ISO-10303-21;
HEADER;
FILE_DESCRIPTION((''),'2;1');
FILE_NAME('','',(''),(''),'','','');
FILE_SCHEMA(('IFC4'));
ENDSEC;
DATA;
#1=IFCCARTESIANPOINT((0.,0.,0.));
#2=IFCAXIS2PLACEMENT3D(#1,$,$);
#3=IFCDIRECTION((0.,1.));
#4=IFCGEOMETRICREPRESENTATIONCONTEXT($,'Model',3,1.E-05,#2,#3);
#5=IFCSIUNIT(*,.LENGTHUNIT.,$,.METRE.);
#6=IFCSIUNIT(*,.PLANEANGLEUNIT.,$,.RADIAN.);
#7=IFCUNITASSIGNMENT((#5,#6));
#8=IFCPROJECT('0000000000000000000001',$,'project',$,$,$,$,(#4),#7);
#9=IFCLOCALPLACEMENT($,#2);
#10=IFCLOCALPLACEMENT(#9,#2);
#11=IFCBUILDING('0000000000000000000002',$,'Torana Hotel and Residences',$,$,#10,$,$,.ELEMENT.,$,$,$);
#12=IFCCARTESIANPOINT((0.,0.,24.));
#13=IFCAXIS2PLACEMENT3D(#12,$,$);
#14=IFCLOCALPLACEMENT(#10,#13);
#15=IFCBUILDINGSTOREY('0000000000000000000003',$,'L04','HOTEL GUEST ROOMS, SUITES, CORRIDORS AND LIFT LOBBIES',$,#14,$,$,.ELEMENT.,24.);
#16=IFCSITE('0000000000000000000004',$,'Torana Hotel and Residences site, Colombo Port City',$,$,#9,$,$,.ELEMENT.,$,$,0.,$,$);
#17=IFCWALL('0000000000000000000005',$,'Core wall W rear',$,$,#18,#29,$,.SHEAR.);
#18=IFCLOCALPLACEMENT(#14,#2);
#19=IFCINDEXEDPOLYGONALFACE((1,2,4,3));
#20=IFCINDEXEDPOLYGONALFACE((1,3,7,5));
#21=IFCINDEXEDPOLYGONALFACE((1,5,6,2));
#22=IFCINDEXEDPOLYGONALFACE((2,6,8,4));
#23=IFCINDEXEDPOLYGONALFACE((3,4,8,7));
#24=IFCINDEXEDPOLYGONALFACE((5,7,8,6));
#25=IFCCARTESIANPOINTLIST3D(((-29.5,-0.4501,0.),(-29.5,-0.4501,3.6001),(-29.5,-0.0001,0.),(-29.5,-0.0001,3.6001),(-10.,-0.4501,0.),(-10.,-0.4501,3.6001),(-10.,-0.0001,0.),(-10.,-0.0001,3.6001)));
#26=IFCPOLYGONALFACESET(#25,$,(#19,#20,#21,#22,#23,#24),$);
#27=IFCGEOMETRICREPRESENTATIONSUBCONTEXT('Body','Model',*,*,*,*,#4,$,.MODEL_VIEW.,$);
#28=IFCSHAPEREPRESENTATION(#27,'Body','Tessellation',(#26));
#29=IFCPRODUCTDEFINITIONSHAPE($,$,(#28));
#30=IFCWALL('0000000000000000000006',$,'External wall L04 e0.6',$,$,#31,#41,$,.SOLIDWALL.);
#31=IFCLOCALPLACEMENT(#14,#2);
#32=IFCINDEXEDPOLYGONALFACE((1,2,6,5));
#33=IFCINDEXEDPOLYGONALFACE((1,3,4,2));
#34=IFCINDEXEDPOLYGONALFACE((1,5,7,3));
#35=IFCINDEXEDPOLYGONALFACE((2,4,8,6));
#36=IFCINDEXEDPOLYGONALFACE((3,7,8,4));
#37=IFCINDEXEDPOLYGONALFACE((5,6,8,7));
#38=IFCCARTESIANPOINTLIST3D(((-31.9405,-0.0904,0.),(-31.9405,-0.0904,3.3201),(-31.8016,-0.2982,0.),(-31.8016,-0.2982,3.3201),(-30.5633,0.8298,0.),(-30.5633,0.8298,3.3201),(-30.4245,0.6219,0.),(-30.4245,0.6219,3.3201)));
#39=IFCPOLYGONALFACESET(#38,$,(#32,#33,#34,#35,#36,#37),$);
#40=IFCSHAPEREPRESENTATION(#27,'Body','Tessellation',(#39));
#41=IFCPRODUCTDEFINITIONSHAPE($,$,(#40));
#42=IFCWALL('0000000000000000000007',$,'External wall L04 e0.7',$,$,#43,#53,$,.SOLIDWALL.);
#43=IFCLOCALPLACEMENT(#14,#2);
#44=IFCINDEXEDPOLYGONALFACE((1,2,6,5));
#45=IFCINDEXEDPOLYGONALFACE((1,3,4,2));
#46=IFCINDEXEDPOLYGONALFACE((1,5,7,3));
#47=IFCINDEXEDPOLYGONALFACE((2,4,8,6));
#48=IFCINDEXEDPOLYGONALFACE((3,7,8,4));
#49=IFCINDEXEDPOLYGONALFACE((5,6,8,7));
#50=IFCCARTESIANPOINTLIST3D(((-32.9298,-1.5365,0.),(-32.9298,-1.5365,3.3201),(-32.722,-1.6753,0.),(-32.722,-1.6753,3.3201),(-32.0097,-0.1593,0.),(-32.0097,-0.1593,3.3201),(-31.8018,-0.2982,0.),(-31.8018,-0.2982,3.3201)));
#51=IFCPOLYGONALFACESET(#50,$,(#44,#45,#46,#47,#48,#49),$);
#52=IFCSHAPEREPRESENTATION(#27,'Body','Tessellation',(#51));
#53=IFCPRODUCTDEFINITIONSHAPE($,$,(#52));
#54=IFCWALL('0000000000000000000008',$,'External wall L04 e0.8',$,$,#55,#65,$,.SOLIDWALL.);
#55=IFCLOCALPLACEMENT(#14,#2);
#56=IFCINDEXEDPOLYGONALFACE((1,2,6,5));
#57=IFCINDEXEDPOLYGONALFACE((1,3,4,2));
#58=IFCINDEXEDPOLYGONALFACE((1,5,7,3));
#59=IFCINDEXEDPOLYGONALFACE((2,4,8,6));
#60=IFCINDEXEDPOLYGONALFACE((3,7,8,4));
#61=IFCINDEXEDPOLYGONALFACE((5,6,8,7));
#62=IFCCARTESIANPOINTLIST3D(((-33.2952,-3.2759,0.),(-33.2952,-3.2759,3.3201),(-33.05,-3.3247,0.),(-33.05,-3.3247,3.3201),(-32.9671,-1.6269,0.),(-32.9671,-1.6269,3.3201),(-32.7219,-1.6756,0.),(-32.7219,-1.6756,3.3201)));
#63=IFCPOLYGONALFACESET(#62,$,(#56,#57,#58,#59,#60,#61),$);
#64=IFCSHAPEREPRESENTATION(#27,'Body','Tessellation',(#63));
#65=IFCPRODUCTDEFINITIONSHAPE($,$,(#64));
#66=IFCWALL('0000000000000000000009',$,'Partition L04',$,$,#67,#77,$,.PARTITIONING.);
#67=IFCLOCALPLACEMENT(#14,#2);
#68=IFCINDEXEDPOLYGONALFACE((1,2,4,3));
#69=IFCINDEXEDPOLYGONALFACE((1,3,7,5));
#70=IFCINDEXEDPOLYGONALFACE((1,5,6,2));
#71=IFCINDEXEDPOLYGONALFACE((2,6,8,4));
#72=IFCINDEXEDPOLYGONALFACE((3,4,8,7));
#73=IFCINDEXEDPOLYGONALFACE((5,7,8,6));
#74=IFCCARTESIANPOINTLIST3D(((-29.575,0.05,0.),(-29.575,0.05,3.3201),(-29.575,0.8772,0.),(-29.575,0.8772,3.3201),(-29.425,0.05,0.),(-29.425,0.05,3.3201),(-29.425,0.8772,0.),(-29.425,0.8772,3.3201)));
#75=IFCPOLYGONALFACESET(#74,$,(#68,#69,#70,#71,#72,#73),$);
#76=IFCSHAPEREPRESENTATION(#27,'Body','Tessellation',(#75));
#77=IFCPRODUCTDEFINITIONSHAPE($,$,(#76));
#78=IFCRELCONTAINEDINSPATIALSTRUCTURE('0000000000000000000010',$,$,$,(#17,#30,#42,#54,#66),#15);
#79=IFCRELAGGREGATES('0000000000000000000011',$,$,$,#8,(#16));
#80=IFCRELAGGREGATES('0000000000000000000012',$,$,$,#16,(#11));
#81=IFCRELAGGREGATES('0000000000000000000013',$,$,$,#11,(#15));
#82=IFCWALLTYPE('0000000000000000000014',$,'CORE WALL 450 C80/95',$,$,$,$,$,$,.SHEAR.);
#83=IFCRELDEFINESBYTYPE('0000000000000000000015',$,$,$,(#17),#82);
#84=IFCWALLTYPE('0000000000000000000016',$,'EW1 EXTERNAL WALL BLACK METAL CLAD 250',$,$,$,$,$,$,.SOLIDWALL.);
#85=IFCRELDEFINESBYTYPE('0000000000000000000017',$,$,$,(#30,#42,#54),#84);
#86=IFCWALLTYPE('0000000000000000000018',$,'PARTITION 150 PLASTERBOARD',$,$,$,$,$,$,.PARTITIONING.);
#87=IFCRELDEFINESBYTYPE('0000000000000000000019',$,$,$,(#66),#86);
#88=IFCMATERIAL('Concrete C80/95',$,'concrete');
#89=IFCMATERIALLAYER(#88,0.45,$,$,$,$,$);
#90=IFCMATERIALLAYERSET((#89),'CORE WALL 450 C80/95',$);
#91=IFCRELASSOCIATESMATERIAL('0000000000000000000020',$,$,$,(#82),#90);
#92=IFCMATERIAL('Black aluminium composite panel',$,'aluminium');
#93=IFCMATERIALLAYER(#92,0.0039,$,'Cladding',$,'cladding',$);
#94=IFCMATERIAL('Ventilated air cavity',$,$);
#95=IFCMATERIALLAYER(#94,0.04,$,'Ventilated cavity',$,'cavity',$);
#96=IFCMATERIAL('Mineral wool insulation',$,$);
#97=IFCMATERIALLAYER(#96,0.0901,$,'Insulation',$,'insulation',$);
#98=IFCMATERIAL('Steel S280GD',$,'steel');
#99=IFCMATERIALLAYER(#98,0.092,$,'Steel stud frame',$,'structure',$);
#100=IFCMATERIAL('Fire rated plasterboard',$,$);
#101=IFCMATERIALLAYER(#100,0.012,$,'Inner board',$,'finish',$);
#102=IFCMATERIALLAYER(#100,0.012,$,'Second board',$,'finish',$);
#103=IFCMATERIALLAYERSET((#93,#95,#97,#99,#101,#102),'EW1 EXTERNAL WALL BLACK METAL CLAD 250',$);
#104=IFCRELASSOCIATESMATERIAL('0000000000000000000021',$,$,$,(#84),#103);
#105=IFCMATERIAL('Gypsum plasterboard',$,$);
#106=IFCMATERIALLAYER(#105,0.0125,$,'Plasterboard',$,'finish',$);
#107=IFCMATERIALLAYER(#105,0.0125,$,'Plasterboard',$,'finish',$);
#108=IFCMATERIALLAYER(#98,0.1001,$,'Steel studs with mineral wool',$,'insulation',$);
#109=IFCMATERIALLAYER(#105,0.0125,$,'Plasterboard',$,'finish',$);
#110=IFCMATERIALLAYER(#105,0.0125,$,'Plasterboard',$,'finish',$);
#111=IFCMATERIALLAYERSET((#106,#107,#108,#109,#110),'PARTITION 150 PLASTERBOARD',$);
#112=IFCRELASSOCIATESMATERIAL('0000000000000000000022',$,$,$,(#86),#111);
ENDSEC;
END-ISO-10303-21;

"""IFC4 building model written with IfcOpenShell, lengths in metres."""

from ifc_helpers import new_model, si_unit, direction, frame, frame_2d, origin, place, context, subcontext, project, spatial, rectangle, extrude, material, layer, layer_set, type_object, element, save


model = new_model("IFC4")

# Units and contexts
model_context = context("Model", 3, precision=1e-05, world=origin(), true_north=direction((0.0, 1.0)))
body_context = subcontext(model_context, "Body", "Model", "MODEL_VIEW")
ifc_project = project(units=[si_unit("LENGTHUNIT", "METRE"), si_unit("PLANEANGLEUNIT", "RADIAN")], contexts=[model_context])

# Site, building, storey
site_placement = place(None, origin())
site = spatial("IfcSite", under=ifc_project, at=site_placement, Name="Torana Hotel and Residences site, Colombo Port City", CompositionType="ELEMENT", RefElevation=0.0)
building_placement = place(site_placement, origin())
building = spatial("IfcBuilding", under=site, at=building_placement, Name="Torana Hotel and Residences", CompositionType="ELEMENT")
storey_placement = place(building_placement, frame((0.0, 0.0, 24.0)))
storey = spatial("IfcBuildingStorey", under=building, at=storey_placement, Name="L04", Description="HOTEL GUEST ROOMS, SUITES, CORRIDORS AND LIFT LOBBIES", CompositionType="ELEMENT", Elevation=24.0)

# Walls
ifc_material_1 = material(Name="Concrete C80/95", Category="concrete")
ifc_layer_1 = layer(ifc_material_1, 0.45)
ifc_layer_set_1 = layer_set([ifc_layer_1], Name="CORE WALL 450 C80/95")
wall_type_1 = type_object("IfcWallType", Name="CORE WALL 450 C80/95", PredefinedType="SHEAR", material=ifc_layer_set_1)
wall_1_placement = place(storey_placement, frame((-29.5, -0.2251, 0.0), z_axis=(0.0, 0.0, 1.0), x_axis=(1.0, 0.0, 0.0)))
element("IfcWall", 1, at=wall_1_placement, inside=storey, type_object=wall_type_1, Name="Core wall W rear", PredefinedType="SHEAR", context=body_context, shape_type="SweptSolid", body=[
    extrude(rectangle(XDim=19.5, YDim=0.45, at=frame_2d((9.75, 0.0))), origin(), (0.0, 0.0, 1.0), 3.6001),
])
ifc_material_2 = material(Name="Black aluminium composite panel", Category="aluminium")
ifc_layer_2 = layer(ifc_material_2, 0.0039, Name="Cladding", Category="cladding")
ifc_material_3 = material(Name="Ventilated air cavity")
ifc_layer_3 = layer(ifc_material_3, 0.04, Name="Ventilated cavity", Category="cavity")
ifc_material_4 = material(Name="Mineral wool insulation")
ifc_layer_4 = layer(ifc_material_4, 0.0901, Name="Insulation", Category="insulation")
ifc_material_5 = material(Name="Steel S280GD", Category="steel")
ifc_layer_5 = layer(ifc_material_5, 0.092, Name="Steel stud frame", Category="structure")
ifc_material_6 = material(Name="Fire rated plasterboard")
ifc_layer_6 = layer(ifc_material_6, 0.012, Name="Inner board", Category="finish")
ifc_layer_7 = layer(ifc_material_6, 0.012, Name="Second board", Category="finish")
ifc_layer_set_2 = layer_set([ifc_layer_2, ifc_layer_3, ifc_layer_4, ifc_layer_5, ifc_layer_6, ifc_layer_7], Name="EW1 EXTERNAL WALL BLACK METAL CLAD 250")
wall_type_2 = type_object("IfcWallType", Name="EW1 EXTERNAL WALL BLACK METAL CLAD 250", PredefinedType="SOLIDWALL", material=ifc_layer_set_2)
for number, where, z_axis, x_axis, name in (
    (2, (-30.4939, 0.7258, 0.0), (0.0, 0.0, 1.0), (-0.831483, -0.55555, 0.0), "External wall L04 e0.6"),
    (3, (-31.9058, -0.2288, 0.0), (0.0, 0.0, 1.0), (-0.55555, -0.831483, 0.0), "External wall L04 e0.7"),
):
    element("IfcWall", number, at=place(storey_placement, frame(where, z_axis=z_axis, x_axis=x_axis)), inside=storey, type_object=wall_type_2, Name=name, PredefinedType="SOLIDWALL", context=body_context, shape_type="SweptSolid", body=[
        extrude(rectangle(XDim=1.6562, YDim=0.25, at=frame_2d((0.8281, 0.0))), origin(), (0.0, 0.0, 1.0), 3.3201),
    ])
wall_2_placement = place(storey_placement, frame((-32.8445, -1.6511, 0.0), z_axis=(0.0, 0.0, 1.0), x_axis=(-0.195139, -0.980776, 0.0)))
element("IfcWall", 4, at=wall_2_placement, inside=storey, type_object=wall_type_2, Name="External wall L04 e0.8", PredefinedType="SOLIDWALL", context=body_context, shape_type="SweptSolid", body=[
    extrude(rectangle(XDim=1.6814, YDim=0.25, at=frame_2d((0.8408, 0.0))), origin(), (0.0, 0.0, 1.0), 3.3201),
])
ifc_material_7 = material(Name="Gypsum plasterboard")
ifc_layer_8 = layer(ifc_material_7, 0.0125, Name="Plasterboard", Category="finish")
ifc_layer_9 = layer(ifc_material_7, 0.0125, Name="Plasterboard", Category="finish")
ifc_layer_10 = layer(ifc_material_5, 0.1001, Name="Steel studs with mineral wool", Category="insulation")
ifc_layer_11 = layer(ifc_material_7, 0.0125, Name="Plasterboard", Category="finish")
ifc_layer_12 = layer(ifc_material_7, 0.0125, Name="Plasterboard", Category="finish")
ifc_layer_set_3 = layer_set([ifc_layer_8, ifc_layer_9, ifc_layer_10, ifc_layer_11, ifc_layer_12], Name="PARTITION 150 PLASTERBOARD")
wall_type_3 = type_object("IfcWallType", Name="PARTITION 150 PLASTERBOARD", PredefinedType="PARTITIONING", material=ifc_layer_set_3)
wall_3_placement = place(storey_placement, frame((-29.5, 0.05, 0.0), z_axis=(0.0, 0.0, 1.0), x_axis=(0.0, 1.0, 0.0)))
element("IfcWall", 5, at=wall_3_placement, inside=storey, type_object=wall_type_3, Name="Partition L04", PredefinedType="PARTITIONING", context=body_context, shape_type="SweptSolid", body=[
    extrude(rectangle(XDim=0.8271, YDim=0.1499, at=frame_2d((0.4136, 0.0))), origin(), (0.0, 0.0, 1.0), 3.3201),
])

save(model, "model.ifc")
